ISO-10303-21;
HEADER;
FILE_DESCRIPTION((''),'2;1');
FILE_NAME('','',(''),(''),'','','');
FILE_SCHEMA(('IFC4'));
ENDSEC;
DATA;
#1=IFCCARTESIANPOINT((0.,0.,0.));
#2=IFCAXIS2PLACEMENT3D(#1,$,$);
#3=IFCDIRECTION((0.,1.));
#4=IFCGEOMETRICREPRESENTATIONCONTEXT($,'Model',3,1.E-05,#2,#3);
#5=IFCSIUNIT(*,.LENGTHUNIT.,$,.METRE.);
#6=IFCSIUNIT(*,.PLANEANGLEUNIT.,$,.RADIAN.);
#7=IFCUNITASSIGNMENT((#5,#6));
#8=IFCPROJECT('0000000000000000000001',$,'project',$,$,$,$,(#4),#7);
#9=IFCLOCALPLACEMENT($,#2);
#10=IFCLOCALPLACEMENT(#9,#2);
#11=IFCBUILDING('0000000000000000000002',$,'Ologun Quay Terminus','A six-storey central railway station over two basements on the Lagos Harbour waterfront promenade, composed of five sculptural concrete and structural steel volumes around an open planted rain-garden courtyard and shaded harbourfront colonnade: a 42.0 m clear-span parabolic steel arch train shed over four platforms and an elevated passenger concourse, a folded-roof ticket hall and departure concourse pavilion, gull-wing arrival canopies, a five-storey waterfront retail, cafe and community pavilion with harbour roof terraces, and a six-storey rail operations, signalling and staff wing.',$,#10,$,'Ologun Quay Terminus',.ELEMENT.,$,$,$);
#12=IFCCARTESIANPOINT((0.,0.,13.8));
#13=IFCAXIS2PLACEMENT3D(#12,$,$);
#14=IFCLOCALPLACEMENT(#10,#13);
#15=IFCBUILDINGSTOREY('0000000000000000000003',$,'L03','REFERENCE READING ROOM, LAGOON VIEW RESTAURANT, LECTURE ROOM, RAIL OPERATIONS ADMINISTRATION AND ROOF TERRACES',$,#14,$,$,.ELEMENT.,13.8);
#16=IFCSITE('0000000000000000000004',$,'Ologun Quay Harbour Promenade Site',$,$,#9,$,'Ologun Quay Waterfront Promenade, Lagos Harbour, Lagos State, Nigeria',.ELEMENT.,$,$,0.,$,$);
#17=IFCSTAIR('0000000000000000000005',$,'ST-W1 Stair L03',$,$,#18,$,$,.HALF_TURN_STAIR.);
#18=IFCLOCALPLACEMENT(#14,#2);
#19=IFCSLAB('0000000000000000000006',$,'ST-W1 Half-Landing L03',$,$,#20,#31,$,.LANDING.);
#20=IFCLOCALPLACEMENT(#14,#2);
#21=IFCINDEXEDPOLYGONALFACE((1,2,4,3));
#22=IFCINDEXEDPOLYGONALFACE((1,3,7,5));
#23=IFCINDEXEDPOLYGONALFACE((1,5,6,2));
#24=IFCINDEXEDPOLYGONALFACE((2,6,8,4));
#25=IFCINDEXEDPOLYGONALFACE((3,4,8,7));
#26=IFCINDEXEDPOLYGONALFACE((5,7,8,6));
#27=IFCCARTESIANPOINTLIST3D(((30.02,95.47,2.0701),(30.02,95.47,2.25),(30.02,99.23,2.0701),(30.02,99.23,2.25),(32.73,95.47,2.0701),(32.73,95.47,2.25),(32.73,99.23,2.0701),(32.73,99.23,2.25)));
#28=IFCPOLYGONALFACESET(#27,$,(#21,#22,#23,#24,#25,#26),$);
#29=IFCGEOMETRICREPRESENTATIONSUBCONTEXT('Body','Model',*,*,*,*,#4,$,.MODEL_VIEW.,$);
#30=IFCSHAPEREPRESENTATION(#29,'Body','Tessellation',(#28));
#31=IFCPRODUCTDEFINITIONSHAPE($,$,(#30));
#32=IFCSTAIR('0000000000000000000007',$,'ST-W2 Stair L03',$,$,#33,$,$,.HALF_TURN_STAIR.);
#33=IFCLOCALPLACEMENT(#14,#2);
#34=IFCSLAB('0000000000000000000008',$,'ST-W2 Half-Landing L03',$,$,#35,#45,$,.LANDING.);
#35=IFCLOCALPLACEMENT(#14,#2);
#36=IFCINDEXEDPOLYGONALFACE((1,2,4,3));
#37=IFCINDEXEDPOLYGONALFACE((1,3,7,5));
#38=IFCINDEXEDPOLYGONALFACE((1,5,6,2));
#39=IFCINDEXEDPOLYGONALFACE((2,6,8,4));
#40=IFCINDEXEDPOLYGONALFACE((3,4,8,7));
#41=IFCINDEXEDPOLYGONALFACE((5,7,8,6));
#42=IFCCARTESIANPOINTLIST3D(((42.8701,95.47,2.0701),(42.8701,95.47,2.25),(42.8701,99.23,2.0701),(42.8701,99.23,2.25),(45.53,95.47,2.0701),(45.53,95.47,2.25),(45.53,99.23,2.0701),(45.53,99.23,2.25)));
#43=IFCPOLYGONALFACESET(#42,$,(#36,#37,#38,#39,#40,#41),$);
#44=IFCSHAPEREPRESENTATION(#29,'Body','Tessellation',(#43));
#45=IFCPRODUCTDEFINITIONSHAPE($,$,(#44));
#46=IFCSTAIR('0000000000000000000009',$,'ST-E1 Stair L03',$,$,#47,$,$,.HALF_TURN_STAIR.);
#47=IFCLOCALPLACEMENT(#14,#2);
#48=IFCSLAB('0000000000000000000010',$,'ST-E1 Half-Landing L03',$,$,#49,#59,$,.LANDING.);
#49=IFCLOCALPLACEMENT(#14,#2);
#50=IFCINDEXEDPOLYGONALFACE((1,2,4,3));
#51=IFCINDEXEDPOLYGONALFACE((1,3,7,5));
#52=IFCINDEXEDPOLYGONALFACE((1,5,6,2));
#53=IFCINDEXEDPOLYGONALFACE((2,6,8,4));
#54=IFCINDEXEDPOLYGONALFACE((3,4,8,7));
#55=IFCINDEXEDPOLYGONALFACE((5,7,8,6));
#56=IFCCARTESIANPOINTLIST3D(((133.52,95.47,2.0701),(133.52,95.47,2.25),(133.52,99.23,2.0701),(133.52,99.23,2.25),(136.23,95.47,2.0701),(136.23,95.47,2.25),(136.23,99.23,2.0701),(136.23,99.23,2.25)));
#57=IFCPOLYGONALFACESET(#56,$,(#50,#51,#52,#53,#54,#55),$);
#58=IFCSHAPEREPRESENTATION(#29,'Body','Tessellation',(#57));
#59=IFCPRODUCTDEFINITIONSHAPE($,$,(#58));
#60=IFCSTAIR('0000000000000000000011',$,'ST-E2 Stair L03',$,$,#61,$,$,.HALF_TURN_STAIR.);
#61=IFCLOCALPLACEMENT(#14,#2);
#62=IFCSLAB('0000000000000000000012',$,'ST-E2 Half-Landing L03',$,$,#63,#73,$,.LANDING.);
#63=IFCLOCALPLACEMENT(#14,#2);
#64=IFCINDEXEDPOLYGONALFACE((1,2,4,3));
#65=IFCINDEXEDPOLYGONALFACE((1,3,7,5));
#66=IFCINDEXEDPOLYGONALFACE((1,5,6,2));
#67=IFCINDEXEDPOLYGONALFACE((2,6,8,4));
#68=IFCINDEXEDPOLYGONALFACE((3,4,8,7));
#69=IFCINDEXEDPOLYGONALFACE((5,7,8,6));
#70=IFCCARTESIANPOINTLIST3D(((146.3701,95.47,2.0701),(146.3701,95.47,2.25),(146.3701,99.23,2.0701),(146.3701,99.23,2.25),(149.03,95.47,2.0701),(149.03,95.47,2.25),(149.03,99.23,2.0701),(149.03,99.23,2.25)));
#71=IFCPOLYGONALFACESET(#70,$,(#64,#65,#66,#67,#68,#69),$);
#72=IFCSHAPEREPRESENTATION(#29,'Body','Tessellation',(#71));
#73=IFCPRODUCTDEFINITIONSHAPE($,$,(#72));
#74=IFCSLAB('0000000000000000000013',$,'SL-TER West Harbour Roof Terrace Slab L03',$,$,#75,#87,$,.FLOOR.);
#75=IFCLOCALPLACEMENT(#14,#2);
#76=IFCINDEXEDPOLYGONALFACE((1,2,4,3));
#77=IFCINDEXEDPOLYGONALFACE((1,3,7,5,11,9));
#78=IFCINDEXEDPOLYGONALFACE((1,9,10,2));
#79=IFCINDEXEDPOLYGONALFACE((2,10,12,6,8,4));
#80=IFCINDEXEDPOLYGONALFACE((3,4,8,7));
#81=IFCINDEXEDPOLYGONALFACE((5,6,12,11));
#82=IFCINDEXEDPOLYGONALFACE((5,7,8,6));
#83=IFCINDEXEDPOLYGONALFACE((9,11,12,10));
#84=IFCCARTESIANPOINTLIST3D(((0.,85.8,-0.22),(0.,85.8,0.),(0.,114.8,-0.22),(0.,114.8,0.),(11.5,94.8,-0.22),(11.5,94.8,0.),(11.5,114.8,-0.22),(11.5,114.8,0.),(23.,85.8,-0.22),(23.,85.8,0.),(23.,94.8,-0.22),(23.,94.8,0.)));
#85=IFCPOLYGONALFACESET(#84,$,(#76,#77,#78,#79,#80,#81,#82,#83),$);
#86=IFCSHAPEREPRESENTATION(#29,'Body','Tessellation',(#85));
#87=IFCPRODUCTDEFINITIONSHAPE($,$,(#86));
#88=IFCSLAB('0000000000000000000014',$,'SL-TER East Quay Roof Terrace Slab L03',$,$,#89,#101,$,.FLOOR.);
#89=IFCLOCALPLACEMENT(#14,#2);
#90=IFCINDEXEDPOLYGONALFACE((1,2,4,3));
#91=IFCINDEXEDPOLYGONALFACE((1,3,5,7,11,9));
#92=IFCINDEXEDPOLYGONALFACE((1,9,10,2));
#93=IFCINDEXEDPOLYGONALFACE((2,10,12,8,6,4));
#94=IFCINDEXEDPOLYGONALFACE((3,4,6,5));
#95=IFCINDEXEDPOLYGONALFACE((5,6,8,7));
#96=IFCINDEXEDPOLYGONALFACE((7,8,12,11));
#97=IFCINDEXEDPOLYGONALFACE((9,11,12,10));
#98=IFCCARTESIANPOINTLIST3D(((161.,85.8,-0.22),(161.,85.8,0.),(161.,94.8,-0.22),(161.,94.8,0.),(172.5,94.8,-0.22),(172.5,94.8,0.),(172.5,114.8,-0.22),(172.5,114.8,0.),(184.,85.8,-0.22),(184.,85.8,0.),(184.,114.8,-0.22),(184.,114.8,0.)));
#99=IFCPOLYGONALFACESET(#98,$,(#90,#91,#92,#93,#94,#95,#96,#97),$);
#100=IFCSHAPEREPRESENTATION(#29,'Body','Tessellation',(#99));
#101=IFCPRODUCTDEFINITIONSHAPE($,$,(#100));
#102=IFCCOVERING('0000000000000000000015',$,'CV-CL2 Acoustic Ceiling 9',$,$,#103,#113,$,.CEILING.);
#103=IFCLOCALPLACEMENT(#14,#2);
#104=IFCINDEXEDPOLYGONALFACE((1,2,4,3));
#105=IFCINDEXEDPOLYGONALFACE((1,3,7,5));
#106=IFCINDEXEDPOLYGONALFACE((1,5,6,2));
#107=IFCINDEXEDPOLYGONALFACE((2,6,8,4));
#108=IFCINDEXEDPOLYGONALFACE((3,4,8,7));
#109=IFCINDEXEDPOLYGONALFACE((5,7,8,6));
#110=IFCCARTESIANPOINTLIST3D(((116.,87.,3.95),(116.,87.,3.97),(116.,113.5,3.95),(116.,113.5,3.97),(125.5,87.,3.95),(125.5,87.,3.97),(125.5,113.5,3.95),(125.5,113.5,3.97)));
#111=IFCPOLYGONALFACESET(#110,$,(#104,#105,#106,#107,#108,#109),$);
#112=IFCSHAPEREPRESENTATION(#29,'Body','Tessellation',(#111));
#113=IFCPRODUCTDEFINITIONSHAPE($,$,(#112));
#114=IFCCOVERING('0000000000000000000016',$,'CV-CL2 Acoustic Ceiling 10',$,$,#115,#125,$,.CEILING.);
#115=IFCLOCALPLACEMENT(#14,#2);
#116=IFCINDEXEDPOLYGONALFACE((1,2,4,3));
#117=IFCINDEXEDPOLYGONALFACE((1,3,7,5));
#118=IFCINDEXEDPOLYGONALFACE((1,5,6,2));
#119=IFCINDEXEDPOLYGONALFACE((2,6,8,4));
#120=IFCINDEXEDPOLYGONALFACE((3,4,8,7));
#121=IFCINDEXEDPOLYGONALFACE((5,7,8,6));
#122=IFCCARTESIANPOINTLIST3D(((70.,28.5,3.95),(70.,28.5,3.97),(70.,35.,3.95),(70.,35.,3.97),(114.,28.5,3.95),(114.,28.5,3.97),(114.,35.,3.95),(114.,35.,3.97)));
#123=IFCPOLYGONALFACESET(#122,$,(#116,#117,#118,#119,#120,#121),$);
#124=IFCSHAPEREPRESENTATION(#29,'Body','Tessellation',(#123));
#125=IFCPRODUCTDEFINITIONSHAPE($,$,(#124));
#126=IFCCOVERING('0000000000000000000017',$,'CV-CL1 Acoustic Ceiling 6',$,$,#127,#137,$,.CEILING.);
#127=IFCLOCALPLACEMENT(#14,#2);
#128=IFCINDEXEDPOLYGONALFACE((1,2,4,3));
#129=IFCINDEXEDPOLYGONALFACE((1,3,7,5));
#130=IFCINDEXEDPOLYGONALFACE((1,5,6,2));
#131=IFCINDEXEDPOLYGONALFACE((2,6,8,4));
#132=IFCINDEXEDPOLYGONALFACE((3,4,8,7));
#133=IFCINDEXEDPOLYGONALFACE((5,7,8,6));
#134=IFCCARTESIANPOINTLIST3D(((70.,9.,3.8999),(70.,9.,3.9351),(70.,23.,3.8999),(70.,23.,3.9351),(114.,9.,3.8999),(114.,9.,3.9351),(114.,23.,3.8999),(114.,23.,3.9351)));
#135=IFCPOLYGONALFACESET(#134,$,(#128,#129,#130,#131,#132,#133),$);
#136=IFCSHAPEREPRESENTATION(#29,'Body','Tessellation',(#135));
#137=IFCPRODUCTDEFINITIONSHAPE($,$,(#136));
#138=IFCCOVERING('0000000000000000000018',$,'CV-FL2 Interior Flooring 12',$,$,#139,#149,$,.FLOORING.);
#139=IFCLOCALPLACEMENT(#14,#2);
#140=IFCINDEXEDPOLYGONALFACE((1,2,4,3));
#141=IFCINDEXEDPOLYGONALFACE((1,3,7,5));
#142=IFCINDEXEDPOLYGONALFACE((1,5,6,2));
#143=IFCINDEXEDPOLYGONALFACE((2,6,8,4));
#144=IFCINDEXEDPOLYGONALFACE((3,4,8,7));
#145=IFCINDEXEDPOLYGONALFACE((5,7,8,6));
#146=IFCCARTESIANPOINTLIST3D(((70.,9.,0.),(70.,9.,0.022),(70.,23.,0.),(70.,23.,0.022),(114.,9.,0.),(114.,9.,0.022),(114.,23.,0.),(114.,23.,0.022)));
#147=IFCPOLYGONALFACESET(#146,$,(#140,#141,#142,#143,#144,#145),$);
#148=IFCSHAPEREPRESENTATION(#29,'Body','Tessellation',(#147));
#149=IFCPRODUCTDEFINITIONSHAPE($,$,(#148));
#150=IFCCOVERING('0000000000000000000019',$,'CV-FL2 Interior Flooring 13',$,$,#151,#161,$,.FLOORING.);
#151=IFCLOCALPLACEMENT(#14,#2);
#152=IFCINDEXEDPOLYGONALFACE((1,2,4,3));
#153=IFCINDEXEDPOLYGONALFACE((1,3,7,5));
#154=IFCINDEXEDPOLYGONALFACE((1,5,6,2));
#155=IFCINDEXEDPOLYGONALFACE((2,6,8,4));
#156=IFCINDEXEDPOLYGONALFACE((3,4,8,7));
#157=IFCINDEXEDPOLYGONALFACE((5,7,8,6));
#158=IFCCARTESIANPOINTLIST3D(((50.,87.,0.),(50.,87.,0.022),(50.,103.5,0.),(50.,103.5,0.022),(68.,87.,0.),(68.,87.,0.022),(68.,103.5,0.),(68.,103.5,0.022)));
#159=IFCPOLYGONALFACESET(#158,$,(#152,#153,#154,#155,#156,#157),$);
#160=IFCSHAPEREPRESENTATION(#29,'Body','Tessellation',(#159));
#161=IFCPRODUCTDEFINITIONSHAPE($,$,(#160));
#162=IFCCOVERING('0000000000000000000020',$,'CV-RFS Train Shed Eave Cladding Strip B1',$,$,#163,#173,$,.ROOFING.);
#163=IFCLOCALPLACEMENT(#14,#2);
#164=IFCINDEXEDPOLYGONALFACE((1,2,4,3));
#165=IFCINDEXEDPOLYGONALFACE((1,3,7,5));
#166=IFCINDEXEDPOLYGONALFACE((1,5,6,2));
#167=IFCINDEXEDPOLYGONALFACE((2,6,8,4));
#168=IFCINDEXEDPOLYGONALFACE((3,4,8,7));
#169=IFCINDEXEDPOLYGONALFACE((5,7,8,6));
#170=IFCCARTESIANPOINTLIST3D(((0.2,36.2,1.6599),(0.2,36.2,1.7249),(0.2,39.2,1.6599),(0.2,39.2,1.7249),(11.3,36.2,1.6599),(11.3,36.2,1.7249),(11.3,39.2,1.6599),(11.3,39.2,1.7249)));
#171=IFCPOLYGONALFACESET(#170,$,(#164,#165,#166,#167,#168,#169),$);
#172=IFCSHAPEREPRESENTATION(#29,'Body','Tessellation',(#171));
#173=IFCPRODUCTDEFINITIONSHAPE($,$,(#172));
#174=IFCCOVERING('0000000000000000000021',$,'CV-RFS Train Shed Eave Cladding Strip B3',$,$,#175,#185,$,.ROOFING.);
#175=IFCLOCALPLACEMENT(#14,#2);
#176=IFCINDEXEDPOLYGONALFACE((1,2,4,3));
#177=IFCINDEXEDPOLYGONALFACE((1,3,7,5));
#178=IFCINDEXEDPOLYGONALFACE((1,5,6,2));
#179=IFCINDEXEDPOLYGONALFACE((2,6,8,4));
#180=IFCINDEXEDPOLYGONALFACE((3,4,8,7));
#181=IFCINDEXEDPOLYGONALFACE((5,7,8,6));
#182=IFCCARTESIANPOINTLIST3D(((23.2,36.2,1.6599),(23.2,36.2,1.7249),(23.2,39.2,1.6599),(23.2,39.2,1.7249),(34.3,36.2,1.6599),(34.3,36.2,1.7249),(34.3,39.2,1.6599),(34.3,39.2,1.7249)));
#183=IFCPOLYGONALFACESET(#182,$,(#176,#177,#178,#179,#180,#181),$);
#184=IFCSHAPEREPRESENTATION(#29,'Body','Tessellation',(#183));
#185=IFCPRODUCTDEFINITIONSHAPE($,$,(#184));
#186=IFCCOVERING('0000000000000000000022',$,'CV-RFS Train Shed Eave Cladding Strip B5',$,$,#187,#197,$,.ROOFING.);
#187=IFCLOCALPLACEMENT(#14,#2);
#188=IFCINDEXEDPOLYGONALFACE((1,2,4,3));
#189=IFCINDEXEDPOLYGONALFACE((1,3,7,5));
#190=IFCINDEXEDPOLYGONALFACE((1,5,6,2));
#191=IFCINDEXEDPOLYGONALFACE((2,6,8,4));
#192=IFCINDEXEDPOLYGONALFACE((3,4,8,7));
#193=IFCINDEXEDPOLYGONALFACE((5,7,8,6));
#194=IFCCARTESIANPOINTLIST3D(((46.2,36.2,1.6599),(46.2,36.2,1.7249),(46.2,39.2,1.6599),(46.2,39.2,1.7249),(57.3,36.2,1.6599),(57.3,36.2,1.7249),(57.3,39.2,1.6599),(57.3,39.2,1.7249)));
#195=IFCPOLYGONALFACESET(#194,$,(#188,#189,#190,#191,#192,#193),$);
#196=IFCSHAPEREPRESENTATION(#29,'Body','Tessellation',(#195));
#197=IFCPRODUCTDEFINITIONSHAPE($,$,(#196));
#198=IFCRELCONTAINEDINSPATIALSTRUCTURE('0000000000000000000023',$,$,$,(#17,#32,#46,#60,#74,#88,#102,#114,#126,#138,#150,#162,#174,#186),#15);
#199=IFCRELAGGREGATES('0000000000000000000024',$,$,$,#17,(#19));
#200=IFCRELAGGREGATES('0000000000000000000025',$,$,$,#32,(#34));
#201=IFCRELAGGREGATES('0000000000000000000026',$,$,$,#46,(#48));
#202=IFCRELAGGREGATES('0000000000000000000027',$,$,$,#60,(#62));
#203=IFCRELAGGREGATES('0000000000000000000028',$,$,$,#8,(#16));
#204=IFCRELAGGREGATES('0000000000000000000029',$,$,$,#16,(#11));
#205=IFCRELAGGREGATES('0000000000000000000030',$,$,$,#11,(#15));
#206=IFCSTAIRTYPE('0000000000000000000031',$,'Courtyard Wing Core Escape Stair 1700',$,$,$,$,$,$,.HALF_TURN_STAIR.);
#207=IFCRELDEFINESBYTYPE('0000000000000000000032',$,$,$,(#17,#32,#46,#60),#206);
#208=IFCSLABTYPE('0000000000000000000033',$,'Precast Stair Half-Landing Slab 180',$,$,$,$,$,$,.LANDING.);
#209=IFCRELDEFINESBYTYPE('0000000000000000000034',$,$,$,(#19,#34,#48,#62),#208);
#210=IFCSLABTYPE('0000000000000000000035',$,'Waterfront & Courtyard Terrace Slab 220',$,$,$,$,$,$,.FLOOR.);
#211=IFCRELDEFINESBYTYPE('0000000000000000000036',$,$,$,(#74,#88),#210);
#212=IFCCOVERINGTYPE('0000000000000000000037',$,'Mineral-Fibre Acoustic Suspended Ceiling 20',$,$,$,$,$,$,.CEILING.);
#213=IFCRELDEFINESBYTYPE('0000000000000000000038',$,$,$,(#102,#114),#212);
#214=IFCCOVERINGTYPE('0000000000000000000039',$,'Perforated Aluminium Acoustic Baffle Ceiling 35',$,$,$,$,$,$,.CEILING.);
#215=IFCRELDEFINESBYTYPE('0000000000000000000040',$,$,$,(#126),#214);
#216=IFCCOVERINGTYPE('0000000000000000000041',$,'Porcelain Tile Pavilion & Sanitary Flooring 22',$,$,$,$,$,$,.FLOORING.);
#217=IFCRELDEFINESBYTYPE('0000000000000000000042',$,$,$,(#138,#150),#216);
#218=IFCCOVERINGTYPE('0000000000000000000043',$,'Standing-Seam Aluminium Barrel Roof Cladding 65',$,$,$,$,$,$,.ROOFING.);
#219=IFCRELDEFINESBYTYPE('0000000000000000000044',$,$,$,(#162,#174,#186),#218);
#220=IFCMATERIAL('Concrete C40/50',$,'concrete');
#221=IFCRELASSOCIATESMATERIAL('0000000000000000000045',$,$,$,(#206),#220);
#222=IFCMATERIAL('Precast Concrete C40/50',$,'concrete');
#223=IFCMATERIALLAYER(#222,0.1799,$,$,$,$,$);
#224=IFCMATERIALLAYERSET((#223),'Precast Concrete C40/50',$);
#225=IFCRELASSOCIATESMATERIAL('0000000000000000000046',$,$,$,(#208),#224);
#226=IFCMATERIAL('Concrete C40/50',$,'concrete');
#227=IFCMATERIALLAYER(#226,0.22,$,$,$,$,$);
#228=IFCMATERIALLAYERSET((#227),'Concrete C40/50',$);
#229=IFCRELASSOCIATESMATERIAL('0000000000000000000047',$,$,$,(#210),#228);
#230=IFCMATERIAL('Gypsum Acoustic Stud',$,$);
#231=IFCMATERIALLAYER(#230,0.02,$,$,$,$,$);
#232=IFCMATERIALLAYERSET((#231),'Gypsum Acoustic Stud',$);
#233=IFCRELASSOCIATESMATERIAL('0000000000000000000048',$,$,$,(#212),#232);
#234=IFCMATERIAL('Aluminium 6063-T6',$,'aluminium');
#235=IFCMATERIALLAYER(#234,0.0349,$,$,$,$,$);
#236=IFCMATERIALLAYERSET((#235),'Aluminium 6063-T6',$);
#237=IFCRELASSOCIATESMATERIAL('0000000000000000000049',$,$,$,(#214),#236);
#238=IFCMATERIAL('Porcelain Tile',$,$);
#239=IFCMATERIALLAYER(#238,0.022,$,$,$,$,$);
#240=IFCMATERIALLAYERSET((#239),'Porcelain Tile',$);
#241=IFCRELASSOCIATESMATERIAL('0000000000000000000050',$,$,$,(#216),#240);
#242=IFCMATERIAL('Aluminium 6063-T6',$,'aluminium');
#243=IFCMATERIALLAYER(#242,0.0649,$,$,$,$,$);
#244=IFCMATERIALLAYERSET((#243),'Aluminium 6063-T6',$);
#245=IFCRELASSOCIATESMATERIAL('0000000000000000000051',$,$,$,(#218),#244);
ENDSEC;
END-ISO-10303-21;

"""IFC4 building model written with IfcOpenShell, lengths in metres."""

from ifc_helpers import new_model, si_unit, direction, frame, origin, place, context, subcontext, project, spatial, polyline, outline, extrude, material, layer, layer_set, type_object, element, aggregate, save


model = new_model("IFC4")

# Units and contexts
model_context = context("Model", 3, precision=1e-05, world=origin(), true_north=direction((0.0, 1.0)))
body_context = subcontext(model_context, "Body", "Model", "MODEL_VIEW")
ifc_project = project(units=[si_unit("LENGTHUNIT", "METRE"), si_unit("PLANEANGLEUNIT", "RADIAN")], contexts=[model_context])

# Site, building, storey
site_placement = place(None, origin())
site = spatial("IfcSite", under=ifc_project, at=site_placement, Name="Ologun Quay Harbour Promenade Site", LongName="Ologun Quay Waterfront Promenade, Lagos Harbour, Lagos State, Nigeria", CompositionType="ELEMENT", RefElevation=0.0)
building_placement = place(site_placement, origin())
building = spatial("IfcBuilding", under=site, at=building_placement, Name="Ologun Quay Terminus", Description="A six-storey central railway station over two basements on the Lagos Harbour waterfront promenade, composed of five sculptural concrete and structural steel volumes around an open planted rain-garden courtyard and shaded harbourfront colonnade: a 42.0 m clear-span parabolic steel arch train shed over four platforms and an elevated passenger concourse, a folded-roof ticket hall and departure concourse pavilion, gull-wing arrival canopies, a five-storey waterfront retail, cafe and community pavilion with harbour roof terraces, and a six-storey rail operations, signalling and staff wing.", LongName="Ologun Quay Terminus", CompositionType="ELEMENT")
storey_placement = place(building_placement, frame((0.0, 0.0, 13.8)))
storey = spatial("IfcBuildingStorey", under=building, at=storey_placement, Name="L03", Description="REFERENCE READING ROOM, LAGOON VIEW RESTAURANT, LECTURE ROOM, RAIL OPERATIONS ADMINISTRATION AND ROOF TERRACES", CompositionType="ELEMENT", Elevation=13.8)

# Stairs, slabs
ifc_material_1 = material(Name="Concrete C40/50", Category="concrete")
stair_type = type_object("IfcStairType", Name="Courtyard Wing Core Escape Stair 1700", PredefinedType="HALF_TURN_STAIR", material=ifc_material_1)
stair_1_placement = place(storey_placement, origin())
stair_1 = element("IfcStair", 1, at=stair_1_placement, inside=storey, type_object=stair_type, Name="ST-W1 Stair L03", PredefinedType="HALF_TURN_STAIR")
ifc_material_2 = material(Name="Precast Concrete C40/50", Category="concrete")
ifc_layer_1 = layer(ifc_material_2, 0.1799)
ifc_layer_set_1 = layer_set([ifc_layer_1], Name="Precast Concrete C40/50")
slab_type_1 = type_object("IfcSlabType", Name="Precast Stair Half-Landing Slab 180", PredefinedType="LANDING", material=ifc_layer_set_1)
slab_1_placement = place(storey_placement, frame((0.0, 0.0, 2.0701)))
slab_1 = element("IfcSlab", 2, at=slab_1_placement, type_object=slab_type_1, Name="ST-W1 Half-Landing L03", PredefinedType="LANDING", context=body_context, shape_type="SweptSolid", body=[
    extrude(outline(polyline([(30.02, 95.47), (32.73, 95.47), (32.73, 99.23), (30.02, 99.23), (30.02, 95.47)])), origin(), (0.0, 0.0, 1.0), 0.1799),
])
aggregate(stair_1, [slab_1])
stair_2_placement = place(storey_placement, origin())
stair_2 = element("IfcStair", 3, at=stair_2_placement, inside=storey, type_object=stair_type, Name="ST-W2 Stair L03", PredefinedType="HALF_TURN_STAIR")
slab_2_placement = place(storey_placement, frame((0.0, 0.0, 2.0701)))
slab_2 = element("IfcSlab", 4, at=slab_2_placement, type_object=slab_type_1, Name="ST-W2 Half-Landing L03", PredefinedType="LANDING", context=body_context, shape_type="SweptSolid", body=[
    extrude(outline(polyline([(42.8701, 95.47), (45.53, 95.47), (45.53, 99.23), (42.8701, 99.23), (42.8701, 95.47)])), origin(), (0.0, 0.0, 1.0), 0.1799),
])
aggregate(stair_2, [slab_2])
stair_3_placement = place(storey_placement, origin())
stair_3 = element("IfcStair", 5, at=stair_3_placement, inside=storey, type_object=stair_type, Name="ST-E1 Stair L03", PredefinedType="HALF_TURN_STAIR")
slab_3_placement = place(storey_placement, frame((0.0, 0.0, 2.0701)))
slab_3 = element("IfcSlab", 6, at=slab_3_placement, type_object=slab_type_1, Name="ST-E1 Half-Landing L03", PredefinedType="LANDING", context=body_context, shape_type="SweptSolid", body=[
    extrude(outline(polyline([(133.52, 95.47), (136.23, 95.47), (136.23, 99.23), (133.52, 99.23), (133.52, 95.47)])), origin(), (0.0, 0.0, 1.0), 0.1799),
])
aggregate(stair_3, [slab_3])
stair_4_placement = place(storey_placement, origin())
stair_4 = element("IfcStair", 7, at=stair_4_placement, inside=storey, type_object=stair_type, Name="ST-E2 Stair L03", PredefinedType="HALF_TURN_STAIR")
slab_4_placement = place(storey_placement, frame((0.0, 0.0, 2.0701)))
slab_4 = element("IfcSlab", 8, at=slab_4_placement, type_object=slab_type_1, Name="ST-E2 Half-Landing L03", PredefinedType="LANDING", context=body_context, shape_type="SweptSolid", body=[
    extrude(outline(polyline([(146.3701, 95.47), (149.03, 95.47), (149.03, 99.23), (146.3701, 99.23), (146.3701, 95.47)])), origin(), (0.0, 0.0, 1.0), 0.1799),
])
aggregate(stair_4, [slab_4])

# Slabs
ifc_material_3 = material(Name="Concrete C40/50", Category="concrete")
ifc_layer_2 = layer(ifc_material_3, 0.22)
ifc_layer_set_2 = layer_set([ifc_layer_2], Name="Concrete C40/50")
slab_type_2 = type_object("IfcSlabType", Name="Waterfront & Courtyard Terrace Slab 220", PredefinedType="FLOOR", material=ifc_layer_set_2)
slab_5_placement = place(storey_placement, frame((0.0, 0.0, -0.22)))
element("IfcSlab", 9, at=slab_5_placement, inside=storey, type_object=slab_type_2, Name="SL-TER West Harbour Roof Terrace Slab L03", PredefinedType="FLOOR", context=body_context, shape_type="SweptSolid", body=[
    extrude(outline(polyline([(0.0, 85.8), (23.0, 85.8), (23.0, 94.8), (11.5, 94.8), (11.5, 114.8), (0.0, 114.8), (0.0, 85.8)])), origin(), (0.0, 0.0, 1.0), 0.22),
])
slab_6_placement = place(storey_placement, frame((0.0, 0.0, -0.22)))
element("IfcSlab", 10, at=slab_6_placement, inside=storey, type_object=slab_type_2, Name="SL-TER East Quay Roof Terrace Slab L03", PredefinedType="FLOOR", context=body_context, shape_type="SweptSolid", body=[
    extrude(outline(polyline([(161.0, 85.8), (184.0, 85.8), (184.0, 114.8), (172.5, 114.8), (172.5, 94.8), (161.0, 94.8), (161.0, 85.8)])), origin(), (0.0, 0.0, 1.0), 0.22),
])

# Coverings
ifc_material_4 = material(Name="Gypsum Acoustic Stud")
ifc_layer_3 = layer(ifc_material_4, 0.02)
ifc_layer_set_3 = layer_set([ifc_layer_3], Name="Gypsum Acoustic Stud")
covering_type_1 = type_object("IfcCoveringType", Name="Mineral-Fibre Acoustic Suspended Ceiling 20", PredefinedType="CEILING", material=ifc_layer_set_3)
covering_1_placement = place(storey_placement, frame((0.0, 0.0, 3.95)))
element("IfcCovering", 11, at=covering_1_placement, inside=storey, type_object=covering_type_1, Name="CV-CL2 Acoustic Ceiling 9", PredefinedType="CEILING", context=body_context, shape_type="SweptSolid", body=[
    extrude(outline(polyline([(116.0, 87.0), (125.5, 87.0), (125.5, 113.5), (116.0, 113.5), (116.0, 87.0)])), origin(), (0.0, 0.0, 1.0), 0.02),
])
covering_2_placement = place(storey_placement, frame((0.0, 0.0, 3.95)))
element("IfcCovering", 12, at=covering_2_placement, inside=storey, type_object=covering_type_1, Name="CV-CL2 Acoustic Ceiling 10", PredefinedType="CEILING", context=body_context, shape_type="SweptSolid", body=[
    extrude(outline(polyline([(70.0, 28.5), (114.0, 28.5), (114.0, 35.0), (70.0, 35.0), (70.0, 28.5)])), origin(), (0.0, 0.0, 1.0), 0.02),
])
ifc_material_5 = material(Name="Aluminium 6063-T6", Category="aluminium")
ifc_layer_4 = layer(ifc_material_5, 0.0349)
ifc_layer_set_4 = layer_set([ifc_layer_4], Name="Aluminium 6063-T6")
covering_type_2 = type_object("IfcCoveringType", Name="Perforated Aluminium Acoustic Baffle Ceiling 35", PredefinedType="CEILING", material=ifc_layer_set_4)
covering_3_placement = place(storey_placement, frame((0.0, 0.0, 3.8999)))
element("IfcCovering", 13, at=covering_3_placement, inside=storey, type_object=covering_type_2, Name="CV-CL1 Acoustic Ceiling 6", PredefinedType="CEILING", context=body_context, shape_type="SweptSolid", body=[
    extrude(outline(polyline([(70.0, 9.0), (114.0, 9.0), (114.0, 23.0), (70.0, 23.0), (70.0, 9.0)])), origin(), (0.0, 0.0, 1.0), 0.0352),
])
ifc_material_6 = material(Name="Porcelain Tile")
ifc_layer_5 = layer(ifc_material_6, 0.022)
ifc_layer_set_5 = layer_set([ifc_layer_5], Name="Porcelain Tile")
covering_type_3 = type_object("IfcCoveringType", Name="Porcelain Tile Pavilion & Sanitary Flooring 22", PredefinedType="FLOORING", material=ifc_layer_set_5)
covering_4_placement = place(storey_placement, origin())
element("IfcCovering", 14, at=covering_4_placement, inside=storey, type_object=covering_type_3, Name="CV-FL2 Interior Flooring 12", PredefinedType="FLOORING", context=body_context, shape_type="SweptSolid", body=[
    extrude(outline(polyline([(70.0, 9.0), (114.0, 9.0), (114.0, 23.0), (70.0, 23.0), (70.0, 9.0)])), origin(), (0.0, 0.0, 1.0), 0.022),
])
covering_5_placement = place(storey_placement, origin())
element("IfcCovering", 15, at=covering_5_placement, inside=storey, type_object=covering_type_3, Name="CV-FL2 Interior Flooring 13", PredefinedType="FLOORING", context=body_context, shape_type="SweptSolid", body=[
    extrude(outline(polyline([(50.0, 87.0), (68.0, 87.0), (68.0, 103.5), (50.0, 103.5), (50.0, 87.0)])), origin(), (0.0, 0.0, 1.0), 0.022),
])
ifc_material_7 = material(Name="Aluminium 6063-T6", Category="aluminium")
ifc_layer_6 = layer(ifc_material_7, 0.0649)
ifc_layer_set_6 = layer_set([ifc_layer_6], Name="Aluminium 6063-T6")
covering_type_4 = type_object("IfcCoveringType", Name="Standing-Seam Aluminium Barrel Roof Cladding 65", PredefinedType="ROOFING", material=ifc_layer_set_6)
covering_6_placement = place(storey_placement, frame((0.0, 0.0, 1.6599)))
element("IfcCovering", 16, at=covering_6_placement, inside=storey, type_object=covering_type_4, Name="CV-RFS Train Shed Eave Cladding Strip B1", PredefinedType="ROOFING", context=body_context, shape_type="SweptSolid", body=[
    extrude(outline(polyline([(0.2, 36.2), (11.3, 36.2), (11.3, 39.2), (0.2, 39.2), (0.2, 36.2)])), origin(), (0.0, 0.0, 1.0), 0.0649),
])
covering_7_placement = place(storey_placement, frame((0.0, 0.0, 1.6599)))
element("IfcCovering", 17, at=covering_7_placement, inside=storey, type_object=covering_type_4, Name="CV-RFS Train Shed Eave Cladding Strip B3", PredefinedType="ROOFING", context=body_context, shape_type="SweptSolid", body=[
    extrude(outline(polyline([(23.2, 36.2), (34.3, 36.2), (34.3, 39.2), (23.2, 39.2), (23.2, 36.2)])), origin(), (0.0, 0.0, 1.0), 0.0649),
])
covering_8_placement = place(storey_placement, frame((0.0, 0.0, 1.6599)))
element("IfcCovering", 18, at=covering_8_placement, inside=storey, type_object=covering_type_4, Name="CV-RFS Train Shed Eave Cladding Strip B5", PredefinedType="ROOFING", context=body_context, shape_type="SweptSolid", body=[
    extrude(outline(polyline([(46.2, 36.2), (57.3, 36.2), (57.3, 39.2), (46.2, 39.2), (46.2, 36.2)])), origin(), (0.0, 0.0, 1.0), 0.0649),
])

save(model, "model.ifc")
